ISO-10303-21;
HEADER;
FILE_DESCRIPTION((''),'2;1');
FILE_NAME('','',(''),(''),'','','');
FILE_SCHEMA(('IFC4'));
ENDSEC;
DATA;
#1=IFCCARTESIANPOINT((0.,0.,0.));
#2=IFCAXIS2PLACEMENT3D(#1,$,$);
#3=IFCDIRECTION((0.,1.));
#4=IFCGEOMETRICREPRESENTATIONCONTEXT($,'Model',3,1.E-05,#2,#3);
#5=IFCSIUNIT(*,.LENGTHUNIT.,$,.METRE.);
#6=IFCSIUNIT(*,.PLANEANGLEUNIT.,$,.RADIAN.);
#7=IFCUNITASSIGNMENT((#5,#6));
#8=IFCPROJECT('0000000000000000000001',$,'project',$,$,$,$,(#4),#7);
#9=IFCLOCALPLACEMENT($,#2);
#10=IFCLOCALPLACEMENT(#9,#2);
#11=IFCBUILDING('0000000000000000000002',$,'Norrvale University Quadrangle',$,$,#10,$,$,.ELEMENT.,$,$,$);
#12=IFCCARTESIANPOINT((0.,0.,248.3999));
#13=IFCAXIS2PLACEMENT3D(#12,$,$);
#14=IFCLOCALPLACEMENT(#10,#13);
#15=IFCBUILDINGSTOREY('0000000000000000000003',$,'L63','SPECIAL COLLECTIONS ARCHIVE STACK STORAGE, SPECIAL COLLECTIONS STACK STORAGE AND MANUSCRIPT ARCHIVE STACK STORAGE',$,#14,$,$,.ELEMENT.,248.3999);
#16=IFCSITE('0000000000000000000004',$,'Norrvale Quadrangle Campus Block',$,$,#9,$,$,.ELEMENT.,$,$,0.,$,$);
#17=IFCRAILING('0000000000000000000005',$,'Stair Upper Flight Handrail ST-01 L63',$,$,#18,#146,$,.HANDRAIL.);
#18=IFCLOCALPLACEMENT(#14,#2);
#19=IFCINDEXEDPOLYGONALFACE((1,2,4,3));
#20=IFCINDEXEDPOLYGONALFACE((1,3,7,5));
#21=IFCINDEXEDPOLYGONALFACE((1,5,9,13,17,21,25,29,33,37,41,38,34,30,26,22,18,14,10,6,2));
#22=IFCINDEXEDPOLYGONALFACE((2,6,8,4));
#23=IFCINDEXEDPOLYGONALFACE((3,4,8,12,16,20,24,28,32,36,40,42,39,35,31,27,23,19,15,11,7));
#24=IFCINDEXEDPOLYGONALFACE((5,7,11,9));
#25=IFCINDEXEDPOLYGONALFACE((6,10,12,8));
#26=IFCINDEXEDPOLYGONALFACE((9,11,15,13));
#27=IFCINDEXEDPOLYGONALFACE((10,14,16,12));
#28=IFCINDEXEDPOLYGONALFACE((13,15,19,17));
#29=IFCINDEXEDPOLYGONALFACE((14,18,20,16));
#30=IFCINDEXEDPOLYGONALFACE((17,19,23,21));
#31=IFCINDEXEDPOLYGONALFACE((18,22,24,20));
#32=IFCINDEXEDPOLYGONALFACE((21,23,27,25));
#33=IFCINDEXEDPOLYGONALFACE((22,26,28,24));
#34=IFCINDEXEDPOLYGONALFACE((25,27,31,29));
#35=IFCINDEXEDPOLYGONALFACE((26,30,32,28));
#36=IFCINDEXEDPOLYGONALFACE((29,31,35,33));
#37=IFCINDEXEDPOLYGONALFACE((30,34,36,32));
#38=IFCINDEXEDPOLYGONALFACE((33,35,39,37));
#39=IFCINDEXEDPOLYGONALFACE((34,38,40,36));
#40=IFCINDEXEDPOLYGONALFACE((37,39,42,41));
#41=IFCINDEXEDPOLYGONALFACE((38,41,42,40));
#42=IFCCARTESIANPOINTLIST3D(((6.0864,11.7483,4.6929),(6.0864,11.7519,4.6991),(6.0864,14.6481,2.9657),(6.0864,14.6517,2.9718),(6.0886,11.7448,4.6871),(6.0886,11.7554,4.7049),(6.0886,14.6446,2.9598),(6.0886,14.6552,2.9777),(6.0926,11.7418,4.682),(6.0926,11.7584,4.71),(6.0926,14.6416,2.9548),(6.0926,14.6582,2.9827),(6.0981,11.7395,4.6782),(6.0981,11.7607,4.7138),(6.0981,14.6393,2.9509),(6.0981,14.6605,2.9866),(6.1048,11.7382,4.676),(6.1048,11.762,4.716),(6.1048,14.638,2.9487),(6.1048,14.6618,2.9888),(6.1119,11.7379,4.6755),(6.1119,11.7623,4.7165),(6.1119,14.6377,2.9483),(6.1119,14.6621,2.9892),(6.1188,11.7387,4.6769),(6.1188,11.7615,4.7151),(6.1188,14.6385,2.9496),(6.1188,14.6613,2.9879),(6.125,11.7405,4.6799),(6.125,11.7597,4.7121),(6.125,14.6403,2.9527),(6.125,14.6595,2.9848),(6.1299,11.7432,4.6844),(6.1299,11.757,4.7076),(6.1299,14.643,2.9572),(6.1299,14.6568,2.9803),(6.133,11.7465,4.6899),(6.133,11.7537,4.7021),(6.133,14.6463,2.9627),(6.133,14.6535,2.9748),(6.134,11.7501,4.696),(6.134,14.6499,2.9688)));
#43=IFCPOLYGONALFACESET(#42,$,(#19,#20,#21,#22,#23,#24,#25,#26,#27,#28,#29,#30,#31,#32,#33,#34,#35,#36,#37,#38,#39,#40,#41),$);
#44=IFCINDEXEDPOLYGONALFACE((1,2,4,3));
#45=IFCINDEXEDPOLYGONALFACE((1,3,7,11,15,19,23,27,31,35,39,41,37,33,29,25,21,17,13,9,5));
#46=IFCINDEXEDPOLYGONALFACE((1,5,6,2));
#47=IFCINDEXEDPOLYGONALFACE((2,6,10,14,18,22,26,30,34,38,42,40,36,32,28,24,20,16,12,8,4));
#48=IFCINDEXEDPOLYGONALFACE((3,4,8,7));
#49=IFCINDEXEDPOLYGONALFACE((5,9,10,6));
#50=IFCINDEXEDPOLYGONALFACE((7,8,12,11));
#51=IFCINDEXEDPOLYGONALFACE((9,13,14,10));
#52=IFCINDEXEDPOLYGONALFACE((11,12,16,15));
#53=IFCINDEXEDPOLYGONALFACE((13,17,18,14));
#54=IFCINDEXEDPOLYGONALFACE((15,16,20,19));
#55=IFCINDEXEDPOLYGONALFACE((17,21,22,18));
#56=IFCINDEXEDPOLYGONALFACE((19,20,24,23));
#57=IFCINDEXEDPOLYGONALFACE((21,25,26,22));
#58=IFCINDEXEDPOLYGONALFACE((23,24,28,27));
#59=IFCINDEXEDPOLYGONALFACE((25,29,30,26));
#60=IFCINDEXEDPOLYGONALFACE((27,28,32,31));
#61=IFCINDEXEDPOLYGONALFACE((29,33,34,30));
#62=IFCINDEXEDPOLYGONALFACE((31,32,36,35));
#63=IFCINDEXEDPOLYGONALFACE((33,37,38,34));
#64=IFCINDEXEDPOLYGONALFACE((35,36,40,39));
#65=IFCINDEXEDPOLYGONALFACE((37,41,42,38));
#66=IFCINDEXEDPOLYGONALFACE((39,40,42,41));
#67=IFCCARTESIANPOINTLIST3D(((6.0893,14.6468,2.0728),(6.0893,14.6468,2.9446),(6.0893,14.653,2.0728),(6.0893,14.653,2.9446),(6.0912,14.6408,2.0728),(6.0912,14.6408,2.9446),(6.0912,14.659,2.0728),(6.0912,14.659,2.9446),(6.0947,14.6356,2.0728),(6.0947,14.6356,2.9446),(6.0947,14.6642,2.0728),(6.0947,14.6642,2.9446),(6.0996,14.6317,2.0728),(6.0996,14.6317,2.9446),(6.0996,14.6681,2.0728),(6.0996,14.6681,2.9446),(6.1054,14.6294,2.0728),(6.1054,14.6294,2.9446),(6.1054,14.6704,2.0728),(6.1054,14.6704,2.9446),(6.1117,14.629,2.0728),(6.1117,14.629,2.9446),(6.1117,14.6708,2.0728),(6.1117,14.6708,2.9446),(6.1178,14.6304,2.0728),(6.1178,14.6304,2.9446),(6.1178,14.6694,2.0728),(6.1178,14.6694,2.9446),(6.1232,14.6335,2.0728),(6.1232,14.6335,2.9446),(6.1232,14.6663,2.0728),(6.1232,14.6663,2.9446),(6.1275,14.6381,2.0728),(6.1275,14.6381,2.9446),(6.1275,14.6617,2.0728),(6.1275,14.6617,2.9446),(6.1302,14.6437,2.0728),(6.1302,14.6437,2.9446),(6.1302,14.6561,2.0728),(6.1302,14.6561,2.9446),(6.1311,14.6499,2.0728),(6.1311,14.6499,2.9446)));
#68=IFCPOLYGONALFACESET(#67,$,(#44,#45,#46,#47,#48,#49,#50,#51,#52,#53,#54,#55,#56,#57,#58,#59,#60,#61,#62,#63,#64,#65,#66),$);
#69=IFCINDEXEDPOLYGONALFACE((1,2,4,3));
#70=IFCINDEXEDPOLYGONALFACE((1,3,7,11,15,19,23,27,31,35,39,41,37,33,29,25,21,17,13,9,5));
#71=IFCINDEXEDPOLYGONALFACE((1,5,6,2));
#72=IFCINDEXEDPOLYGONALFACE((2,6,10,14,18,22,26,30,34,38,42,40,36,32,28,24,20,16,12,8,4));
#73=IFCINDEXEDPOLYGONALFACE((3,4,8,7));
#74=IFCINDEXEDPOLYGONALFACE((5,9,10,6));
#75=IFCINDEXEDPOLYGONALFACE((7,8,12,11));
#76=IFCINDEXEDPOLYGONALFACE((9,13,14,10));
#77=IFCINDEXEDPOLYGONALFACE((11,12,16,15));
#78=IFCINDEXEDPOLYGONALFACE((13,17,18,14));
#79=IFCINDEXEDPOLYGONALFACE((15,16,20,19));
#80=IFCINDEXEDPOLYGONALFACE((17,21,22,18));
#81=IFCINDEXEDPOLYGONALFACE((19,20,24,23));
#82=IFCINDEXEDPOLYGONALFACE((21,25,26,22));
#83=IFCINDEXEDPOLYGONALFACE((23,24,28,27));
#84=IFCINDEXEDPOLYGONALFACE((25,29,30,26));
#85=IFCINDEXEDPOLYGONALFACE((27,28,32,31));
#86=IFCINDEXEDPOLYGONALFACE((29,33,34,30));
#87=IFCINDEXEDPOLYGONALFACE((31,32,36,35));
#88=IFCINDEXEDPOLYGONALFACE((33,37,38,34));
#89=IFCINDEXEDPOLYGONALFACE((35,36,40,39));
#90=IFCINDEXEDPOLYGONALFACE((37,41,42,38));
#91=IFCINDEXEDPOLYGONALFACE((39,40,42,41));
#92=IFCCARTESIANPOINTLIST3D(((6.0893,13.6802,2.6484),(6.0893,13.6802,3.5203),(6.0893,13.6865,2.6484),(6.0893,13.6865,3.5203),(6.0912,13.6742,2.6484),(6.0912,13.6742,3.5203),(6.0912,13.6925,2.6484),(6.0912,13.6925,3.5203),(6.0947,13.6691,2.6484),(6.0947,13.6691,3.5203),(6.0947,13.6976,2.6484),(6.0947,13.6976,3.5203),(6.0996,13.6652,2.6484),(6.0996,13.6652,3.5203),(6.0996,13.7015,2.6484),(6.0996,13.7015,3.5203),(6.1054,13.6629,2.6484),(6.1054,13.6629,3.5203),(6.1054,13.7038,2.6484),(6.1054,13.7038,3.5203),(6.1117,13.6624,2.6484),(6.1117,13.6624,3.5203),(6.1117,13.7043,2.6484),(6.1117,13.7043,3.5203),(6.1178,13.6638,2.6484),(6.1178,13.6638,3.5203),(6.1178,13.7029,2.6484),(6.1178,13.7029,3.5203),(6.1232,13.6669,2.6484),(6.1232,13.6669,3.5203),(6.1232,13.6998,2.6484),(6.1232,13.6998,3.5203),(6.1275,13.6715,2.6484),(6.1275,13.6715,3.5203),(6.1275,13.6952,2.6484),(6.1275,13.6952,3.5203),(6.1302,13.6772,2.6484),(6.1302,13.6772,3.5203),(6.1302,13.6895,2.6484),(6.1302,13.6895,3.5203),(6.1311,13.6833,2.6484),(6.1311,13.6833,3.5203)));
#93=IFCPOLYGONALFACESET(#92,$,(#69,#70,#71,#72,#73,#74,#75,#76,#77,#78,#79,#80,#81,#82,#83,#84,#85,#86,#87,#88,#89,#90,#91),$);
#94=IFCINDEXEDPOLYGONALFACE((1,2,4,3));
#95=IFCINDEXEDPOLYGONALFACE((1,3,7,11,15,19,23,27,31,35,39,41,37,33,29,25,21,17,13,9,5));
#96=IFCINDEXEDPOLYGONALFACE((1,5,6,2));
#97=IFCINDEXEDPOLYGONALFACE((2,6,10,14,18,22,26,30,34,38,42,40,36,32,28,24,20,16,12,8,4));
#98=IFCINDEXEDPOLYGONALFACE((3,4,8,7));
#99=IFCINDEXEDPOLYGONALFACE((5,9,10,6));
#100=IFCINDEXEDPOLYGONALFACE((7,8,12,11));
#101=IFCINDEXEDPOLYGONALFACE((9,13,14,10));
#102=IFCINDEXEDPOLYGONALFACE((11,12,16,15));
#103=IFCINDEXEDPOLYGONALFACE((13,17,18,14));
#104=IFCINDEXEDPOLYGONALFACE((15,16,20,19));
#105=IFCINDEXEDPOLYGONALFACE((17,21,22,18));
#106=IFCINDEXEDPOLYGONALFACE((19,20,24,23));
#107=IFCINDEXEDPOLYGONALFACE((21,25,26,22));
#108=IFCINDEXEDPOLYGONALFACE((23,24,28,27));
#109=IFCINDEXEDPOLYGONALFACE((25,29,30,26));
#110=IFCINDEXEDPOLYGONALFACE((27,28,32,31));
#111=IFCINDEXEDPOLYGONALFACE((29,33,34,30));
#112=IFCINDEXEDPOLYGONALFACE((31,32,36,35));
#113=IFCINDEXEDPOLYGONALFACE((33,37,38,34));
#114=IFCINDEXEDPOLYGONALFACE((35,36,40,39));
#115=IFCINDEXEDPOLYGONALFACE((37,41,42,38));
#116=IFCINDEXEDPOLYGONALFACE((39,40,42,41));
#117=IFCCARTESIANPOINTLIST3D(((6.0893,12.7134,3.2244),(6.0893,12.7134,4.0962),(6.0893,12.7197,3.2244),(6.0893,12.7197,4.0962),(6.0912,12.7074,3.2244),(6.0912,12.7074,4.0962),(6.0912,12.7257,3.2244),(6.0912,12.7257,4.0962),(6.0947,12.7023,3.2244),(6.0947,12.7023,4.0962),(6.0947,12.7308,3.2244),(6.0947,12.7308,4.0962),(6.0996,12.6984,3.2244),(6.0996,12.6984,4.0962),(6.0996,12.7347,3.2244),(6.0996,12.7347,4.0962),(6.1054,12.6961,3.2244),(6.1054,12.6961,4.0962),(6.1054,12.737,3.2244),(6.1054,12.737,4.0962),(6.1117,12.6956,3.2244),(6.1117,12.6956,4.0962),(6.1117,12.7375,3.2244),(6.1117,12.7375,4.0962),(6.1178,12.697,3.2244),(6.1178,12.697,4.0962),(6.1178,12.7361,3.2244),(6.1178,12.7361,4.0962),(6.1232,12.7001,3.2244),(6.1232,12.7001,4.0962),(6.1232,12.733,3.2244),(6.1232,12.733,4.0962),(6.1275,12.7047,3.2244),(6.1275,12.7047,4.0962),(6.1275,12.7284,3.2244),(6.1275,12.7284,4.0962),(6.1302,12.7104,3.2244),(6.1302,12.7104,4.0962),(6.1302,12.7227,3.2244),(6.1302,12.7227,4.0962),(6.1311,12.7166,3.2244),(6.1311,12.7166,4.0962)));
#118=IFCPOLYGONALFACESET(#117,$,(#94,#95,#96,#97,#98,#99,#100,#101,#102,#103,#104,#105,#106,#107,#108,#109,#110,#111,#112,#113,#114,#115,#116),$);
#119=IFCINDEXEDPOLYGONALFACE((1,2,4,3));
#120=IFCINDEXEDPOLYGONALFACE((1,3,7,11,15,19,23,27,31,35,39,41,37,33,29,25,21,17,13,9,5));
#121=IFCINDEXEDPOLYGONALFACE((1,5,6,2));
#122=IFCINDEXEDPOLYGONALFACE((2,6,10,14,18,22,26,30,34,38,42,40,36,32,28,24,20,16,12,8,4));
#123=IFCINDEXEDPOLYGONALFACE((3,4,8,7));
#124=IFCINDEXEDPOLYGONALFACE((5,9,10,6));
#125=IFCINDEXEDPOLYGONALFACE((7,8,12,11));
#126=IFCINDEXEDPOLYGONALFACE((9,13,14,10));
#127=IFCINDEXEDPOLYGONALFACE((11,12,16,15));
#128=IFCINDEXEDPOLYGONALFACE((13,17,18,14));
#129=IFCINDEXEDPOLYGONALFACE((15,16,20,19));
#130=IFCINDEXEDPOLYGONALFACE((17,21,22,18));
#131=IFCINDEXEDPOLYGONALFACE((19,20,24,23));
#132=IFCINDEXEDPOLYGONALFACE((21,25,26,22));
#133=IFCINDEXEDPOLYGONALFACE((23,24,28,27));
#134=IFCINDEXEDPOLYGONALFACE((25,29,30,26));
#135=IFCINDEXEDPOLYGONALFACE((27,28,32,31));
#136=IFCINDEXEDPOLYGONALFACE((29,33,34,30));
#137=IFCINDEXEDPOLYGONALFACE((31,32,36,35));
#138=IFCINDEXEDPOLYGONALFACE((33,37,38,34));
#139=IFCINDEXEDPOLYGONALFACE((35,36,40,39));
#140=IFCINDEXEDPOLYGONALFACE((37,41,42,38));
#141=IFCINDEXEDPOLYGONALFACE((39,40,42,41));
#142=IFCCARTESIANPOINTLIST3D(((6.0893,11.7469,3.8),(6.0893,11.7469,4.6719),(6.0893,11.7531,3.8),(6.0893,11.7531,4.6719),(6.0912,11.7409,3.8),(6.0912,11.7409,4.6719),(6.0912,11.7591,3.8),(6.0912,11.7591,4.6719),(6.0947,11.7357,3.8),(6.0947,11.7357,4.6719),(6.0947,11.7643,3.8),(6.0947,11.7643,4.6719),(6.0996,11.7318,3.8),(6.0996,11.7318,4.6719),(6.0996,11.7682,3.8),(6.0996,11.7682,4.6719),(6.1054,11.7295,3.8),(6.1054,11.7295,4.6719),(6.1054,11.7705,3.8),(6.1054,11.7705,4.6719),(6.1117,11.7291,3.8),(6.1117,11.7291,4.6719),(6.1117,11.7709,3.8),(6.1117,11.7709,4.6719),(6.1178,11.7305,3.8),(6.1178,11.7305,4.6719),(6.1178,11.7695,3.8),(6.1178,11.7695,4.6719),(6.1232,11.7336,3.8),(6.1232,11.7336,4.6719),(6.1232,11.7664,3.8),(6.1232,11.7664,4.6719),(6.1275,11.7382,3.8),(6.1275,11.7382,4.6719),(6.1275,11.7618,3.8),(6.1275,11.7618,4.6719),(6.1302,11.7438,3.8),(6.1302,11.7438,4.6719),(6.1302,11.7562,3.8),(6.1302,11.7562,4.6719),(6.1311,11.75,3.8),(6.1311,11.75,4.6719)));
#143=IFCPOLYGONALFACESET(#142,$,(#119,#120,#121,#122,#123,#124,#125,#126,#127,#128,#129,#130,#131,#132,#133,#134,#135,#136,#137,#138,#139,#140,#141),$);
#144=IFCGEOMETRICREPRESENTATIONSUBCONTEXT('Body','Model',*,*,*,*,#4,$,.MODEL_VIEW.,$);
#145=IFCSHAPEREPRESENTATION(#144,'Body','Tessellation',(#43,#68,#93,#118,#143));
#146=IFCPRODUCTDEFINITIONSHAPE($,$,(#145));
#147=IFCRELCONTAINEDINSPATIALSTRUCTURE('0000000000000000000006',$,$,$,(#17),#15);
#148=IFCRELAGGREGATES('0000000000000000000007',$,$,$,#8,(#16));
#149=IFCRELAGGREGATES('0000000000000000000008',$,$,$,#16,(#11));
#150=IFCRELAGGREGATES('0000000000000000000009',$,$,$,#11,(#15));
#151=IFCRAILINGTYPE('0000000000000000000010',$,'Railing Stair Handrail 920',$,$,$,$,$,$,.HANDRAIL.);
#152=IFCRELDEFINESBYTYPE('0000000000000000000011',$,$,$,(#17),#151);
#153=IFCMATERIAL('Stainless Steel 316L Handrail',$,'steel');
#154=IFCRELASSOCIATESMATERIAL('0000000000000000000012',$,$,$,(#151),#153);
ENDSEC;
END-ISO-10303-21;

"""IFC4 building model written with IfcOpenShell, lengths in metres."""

from ifc_helpers import new_model, si_unit, direction, frame, origin, origin_2d, place, context, subcontext, project, spatial, circle, extrude, material, type_object, element, save


model = new_model("IFC4")

# Units and contexts
model_context = context("Model", 3, precision=1e-05, world=origin(), true_north=direction((0.0, 1.0)))
body_context = subcontext(model_context, "Body", "Model", "MODEL_VIEW")
ifc_project = project(units=[si_unit("LENGTHUNIT", "METRE"), si_unit("PLANEANGLEUNIT", "RADIAN")], contexts=[model_context])

# Site, building, storey
site_placement = place(None, origin())
site = spatial("IfcSite", under=ifc_project, at=site_placement, Name="Norrvale Quadrangle Campus Block", CompositionType="ELEMENT", RefElevation=0.0)
building_placement = place(site_placement, origin())
building = spatial("IfcBuilding", under=site, at=building_placement, Name="Norrvale University Quadrangle", CompositionType="ELEMENT")
storey_placement = place(building_placement, frame((0.0, 0.0, 248.3999)))
storey = spatial("IfcBuildingStorey", under=building, at=storey_placement, Name="L63", Description="SPECIAL COLLECTIONS ARCHIVE STACK STORAGE, SPECIAL COLLECTIONS STACK STORAGE AND MANUSCRIPT ARCHIVE STACK STORAGE", CompositionType="ELEMENT", Elevation=248.3999)

# Railing
ifc_material_1 = material(Name="Stainless Steel 316L Handrail", Category="steel")
railing_type_1 = type_object("IfcRailingType", Name="Railing Stair Handrail 920", PredefinedType="HANDRAIL", material=ifc_material_1)
railing_1_placement = place(storey_placement, frame((6.1101, 14.6499, 2.0728)))
element("IfcRailing", 1, at=railing_1_placement, inside=storey, type_object=railing_type_1, Name="Stair Upper Flight Handrail ST-01 L63", PredefinedType="HANDRAIL", context=body_context, shape_type="SweptSolid", body=[
    extrude(circle(Radius=0.0239, at=origin_2d()), frame((0.0, 0.0, 0.896), z_axis=(0.0, -0.859141, 0.511738), x_axis=(1.0, 0.0, 0.0)), (0.0, 0.0, 1.0), 3.3752),
    extrude(circle(Radius=0.021, at=origin_2d()), origin(), (0.0, 0.0, 1.0), 0.8718),
    extrude(circle(Radius=0.021, at=origin_2d()), frame((0.0, -0.9666, 0.5757)), (0.0, 0.0, 1.0), 0.8718),
    extrude(circle(Radius=0.021, at=origin_2d()), frame((0.0, -1.9333, 1.1516)), (0.0, 0.0, 1.0), 0.8718),
    extrude(circle(Radius=0.021, at=origin_2d()), frame((0.0, -2.8999, 1.7273)), (0.0, 0.0, 1.0), 0.8718),
])

save(model, "model.ifc")
